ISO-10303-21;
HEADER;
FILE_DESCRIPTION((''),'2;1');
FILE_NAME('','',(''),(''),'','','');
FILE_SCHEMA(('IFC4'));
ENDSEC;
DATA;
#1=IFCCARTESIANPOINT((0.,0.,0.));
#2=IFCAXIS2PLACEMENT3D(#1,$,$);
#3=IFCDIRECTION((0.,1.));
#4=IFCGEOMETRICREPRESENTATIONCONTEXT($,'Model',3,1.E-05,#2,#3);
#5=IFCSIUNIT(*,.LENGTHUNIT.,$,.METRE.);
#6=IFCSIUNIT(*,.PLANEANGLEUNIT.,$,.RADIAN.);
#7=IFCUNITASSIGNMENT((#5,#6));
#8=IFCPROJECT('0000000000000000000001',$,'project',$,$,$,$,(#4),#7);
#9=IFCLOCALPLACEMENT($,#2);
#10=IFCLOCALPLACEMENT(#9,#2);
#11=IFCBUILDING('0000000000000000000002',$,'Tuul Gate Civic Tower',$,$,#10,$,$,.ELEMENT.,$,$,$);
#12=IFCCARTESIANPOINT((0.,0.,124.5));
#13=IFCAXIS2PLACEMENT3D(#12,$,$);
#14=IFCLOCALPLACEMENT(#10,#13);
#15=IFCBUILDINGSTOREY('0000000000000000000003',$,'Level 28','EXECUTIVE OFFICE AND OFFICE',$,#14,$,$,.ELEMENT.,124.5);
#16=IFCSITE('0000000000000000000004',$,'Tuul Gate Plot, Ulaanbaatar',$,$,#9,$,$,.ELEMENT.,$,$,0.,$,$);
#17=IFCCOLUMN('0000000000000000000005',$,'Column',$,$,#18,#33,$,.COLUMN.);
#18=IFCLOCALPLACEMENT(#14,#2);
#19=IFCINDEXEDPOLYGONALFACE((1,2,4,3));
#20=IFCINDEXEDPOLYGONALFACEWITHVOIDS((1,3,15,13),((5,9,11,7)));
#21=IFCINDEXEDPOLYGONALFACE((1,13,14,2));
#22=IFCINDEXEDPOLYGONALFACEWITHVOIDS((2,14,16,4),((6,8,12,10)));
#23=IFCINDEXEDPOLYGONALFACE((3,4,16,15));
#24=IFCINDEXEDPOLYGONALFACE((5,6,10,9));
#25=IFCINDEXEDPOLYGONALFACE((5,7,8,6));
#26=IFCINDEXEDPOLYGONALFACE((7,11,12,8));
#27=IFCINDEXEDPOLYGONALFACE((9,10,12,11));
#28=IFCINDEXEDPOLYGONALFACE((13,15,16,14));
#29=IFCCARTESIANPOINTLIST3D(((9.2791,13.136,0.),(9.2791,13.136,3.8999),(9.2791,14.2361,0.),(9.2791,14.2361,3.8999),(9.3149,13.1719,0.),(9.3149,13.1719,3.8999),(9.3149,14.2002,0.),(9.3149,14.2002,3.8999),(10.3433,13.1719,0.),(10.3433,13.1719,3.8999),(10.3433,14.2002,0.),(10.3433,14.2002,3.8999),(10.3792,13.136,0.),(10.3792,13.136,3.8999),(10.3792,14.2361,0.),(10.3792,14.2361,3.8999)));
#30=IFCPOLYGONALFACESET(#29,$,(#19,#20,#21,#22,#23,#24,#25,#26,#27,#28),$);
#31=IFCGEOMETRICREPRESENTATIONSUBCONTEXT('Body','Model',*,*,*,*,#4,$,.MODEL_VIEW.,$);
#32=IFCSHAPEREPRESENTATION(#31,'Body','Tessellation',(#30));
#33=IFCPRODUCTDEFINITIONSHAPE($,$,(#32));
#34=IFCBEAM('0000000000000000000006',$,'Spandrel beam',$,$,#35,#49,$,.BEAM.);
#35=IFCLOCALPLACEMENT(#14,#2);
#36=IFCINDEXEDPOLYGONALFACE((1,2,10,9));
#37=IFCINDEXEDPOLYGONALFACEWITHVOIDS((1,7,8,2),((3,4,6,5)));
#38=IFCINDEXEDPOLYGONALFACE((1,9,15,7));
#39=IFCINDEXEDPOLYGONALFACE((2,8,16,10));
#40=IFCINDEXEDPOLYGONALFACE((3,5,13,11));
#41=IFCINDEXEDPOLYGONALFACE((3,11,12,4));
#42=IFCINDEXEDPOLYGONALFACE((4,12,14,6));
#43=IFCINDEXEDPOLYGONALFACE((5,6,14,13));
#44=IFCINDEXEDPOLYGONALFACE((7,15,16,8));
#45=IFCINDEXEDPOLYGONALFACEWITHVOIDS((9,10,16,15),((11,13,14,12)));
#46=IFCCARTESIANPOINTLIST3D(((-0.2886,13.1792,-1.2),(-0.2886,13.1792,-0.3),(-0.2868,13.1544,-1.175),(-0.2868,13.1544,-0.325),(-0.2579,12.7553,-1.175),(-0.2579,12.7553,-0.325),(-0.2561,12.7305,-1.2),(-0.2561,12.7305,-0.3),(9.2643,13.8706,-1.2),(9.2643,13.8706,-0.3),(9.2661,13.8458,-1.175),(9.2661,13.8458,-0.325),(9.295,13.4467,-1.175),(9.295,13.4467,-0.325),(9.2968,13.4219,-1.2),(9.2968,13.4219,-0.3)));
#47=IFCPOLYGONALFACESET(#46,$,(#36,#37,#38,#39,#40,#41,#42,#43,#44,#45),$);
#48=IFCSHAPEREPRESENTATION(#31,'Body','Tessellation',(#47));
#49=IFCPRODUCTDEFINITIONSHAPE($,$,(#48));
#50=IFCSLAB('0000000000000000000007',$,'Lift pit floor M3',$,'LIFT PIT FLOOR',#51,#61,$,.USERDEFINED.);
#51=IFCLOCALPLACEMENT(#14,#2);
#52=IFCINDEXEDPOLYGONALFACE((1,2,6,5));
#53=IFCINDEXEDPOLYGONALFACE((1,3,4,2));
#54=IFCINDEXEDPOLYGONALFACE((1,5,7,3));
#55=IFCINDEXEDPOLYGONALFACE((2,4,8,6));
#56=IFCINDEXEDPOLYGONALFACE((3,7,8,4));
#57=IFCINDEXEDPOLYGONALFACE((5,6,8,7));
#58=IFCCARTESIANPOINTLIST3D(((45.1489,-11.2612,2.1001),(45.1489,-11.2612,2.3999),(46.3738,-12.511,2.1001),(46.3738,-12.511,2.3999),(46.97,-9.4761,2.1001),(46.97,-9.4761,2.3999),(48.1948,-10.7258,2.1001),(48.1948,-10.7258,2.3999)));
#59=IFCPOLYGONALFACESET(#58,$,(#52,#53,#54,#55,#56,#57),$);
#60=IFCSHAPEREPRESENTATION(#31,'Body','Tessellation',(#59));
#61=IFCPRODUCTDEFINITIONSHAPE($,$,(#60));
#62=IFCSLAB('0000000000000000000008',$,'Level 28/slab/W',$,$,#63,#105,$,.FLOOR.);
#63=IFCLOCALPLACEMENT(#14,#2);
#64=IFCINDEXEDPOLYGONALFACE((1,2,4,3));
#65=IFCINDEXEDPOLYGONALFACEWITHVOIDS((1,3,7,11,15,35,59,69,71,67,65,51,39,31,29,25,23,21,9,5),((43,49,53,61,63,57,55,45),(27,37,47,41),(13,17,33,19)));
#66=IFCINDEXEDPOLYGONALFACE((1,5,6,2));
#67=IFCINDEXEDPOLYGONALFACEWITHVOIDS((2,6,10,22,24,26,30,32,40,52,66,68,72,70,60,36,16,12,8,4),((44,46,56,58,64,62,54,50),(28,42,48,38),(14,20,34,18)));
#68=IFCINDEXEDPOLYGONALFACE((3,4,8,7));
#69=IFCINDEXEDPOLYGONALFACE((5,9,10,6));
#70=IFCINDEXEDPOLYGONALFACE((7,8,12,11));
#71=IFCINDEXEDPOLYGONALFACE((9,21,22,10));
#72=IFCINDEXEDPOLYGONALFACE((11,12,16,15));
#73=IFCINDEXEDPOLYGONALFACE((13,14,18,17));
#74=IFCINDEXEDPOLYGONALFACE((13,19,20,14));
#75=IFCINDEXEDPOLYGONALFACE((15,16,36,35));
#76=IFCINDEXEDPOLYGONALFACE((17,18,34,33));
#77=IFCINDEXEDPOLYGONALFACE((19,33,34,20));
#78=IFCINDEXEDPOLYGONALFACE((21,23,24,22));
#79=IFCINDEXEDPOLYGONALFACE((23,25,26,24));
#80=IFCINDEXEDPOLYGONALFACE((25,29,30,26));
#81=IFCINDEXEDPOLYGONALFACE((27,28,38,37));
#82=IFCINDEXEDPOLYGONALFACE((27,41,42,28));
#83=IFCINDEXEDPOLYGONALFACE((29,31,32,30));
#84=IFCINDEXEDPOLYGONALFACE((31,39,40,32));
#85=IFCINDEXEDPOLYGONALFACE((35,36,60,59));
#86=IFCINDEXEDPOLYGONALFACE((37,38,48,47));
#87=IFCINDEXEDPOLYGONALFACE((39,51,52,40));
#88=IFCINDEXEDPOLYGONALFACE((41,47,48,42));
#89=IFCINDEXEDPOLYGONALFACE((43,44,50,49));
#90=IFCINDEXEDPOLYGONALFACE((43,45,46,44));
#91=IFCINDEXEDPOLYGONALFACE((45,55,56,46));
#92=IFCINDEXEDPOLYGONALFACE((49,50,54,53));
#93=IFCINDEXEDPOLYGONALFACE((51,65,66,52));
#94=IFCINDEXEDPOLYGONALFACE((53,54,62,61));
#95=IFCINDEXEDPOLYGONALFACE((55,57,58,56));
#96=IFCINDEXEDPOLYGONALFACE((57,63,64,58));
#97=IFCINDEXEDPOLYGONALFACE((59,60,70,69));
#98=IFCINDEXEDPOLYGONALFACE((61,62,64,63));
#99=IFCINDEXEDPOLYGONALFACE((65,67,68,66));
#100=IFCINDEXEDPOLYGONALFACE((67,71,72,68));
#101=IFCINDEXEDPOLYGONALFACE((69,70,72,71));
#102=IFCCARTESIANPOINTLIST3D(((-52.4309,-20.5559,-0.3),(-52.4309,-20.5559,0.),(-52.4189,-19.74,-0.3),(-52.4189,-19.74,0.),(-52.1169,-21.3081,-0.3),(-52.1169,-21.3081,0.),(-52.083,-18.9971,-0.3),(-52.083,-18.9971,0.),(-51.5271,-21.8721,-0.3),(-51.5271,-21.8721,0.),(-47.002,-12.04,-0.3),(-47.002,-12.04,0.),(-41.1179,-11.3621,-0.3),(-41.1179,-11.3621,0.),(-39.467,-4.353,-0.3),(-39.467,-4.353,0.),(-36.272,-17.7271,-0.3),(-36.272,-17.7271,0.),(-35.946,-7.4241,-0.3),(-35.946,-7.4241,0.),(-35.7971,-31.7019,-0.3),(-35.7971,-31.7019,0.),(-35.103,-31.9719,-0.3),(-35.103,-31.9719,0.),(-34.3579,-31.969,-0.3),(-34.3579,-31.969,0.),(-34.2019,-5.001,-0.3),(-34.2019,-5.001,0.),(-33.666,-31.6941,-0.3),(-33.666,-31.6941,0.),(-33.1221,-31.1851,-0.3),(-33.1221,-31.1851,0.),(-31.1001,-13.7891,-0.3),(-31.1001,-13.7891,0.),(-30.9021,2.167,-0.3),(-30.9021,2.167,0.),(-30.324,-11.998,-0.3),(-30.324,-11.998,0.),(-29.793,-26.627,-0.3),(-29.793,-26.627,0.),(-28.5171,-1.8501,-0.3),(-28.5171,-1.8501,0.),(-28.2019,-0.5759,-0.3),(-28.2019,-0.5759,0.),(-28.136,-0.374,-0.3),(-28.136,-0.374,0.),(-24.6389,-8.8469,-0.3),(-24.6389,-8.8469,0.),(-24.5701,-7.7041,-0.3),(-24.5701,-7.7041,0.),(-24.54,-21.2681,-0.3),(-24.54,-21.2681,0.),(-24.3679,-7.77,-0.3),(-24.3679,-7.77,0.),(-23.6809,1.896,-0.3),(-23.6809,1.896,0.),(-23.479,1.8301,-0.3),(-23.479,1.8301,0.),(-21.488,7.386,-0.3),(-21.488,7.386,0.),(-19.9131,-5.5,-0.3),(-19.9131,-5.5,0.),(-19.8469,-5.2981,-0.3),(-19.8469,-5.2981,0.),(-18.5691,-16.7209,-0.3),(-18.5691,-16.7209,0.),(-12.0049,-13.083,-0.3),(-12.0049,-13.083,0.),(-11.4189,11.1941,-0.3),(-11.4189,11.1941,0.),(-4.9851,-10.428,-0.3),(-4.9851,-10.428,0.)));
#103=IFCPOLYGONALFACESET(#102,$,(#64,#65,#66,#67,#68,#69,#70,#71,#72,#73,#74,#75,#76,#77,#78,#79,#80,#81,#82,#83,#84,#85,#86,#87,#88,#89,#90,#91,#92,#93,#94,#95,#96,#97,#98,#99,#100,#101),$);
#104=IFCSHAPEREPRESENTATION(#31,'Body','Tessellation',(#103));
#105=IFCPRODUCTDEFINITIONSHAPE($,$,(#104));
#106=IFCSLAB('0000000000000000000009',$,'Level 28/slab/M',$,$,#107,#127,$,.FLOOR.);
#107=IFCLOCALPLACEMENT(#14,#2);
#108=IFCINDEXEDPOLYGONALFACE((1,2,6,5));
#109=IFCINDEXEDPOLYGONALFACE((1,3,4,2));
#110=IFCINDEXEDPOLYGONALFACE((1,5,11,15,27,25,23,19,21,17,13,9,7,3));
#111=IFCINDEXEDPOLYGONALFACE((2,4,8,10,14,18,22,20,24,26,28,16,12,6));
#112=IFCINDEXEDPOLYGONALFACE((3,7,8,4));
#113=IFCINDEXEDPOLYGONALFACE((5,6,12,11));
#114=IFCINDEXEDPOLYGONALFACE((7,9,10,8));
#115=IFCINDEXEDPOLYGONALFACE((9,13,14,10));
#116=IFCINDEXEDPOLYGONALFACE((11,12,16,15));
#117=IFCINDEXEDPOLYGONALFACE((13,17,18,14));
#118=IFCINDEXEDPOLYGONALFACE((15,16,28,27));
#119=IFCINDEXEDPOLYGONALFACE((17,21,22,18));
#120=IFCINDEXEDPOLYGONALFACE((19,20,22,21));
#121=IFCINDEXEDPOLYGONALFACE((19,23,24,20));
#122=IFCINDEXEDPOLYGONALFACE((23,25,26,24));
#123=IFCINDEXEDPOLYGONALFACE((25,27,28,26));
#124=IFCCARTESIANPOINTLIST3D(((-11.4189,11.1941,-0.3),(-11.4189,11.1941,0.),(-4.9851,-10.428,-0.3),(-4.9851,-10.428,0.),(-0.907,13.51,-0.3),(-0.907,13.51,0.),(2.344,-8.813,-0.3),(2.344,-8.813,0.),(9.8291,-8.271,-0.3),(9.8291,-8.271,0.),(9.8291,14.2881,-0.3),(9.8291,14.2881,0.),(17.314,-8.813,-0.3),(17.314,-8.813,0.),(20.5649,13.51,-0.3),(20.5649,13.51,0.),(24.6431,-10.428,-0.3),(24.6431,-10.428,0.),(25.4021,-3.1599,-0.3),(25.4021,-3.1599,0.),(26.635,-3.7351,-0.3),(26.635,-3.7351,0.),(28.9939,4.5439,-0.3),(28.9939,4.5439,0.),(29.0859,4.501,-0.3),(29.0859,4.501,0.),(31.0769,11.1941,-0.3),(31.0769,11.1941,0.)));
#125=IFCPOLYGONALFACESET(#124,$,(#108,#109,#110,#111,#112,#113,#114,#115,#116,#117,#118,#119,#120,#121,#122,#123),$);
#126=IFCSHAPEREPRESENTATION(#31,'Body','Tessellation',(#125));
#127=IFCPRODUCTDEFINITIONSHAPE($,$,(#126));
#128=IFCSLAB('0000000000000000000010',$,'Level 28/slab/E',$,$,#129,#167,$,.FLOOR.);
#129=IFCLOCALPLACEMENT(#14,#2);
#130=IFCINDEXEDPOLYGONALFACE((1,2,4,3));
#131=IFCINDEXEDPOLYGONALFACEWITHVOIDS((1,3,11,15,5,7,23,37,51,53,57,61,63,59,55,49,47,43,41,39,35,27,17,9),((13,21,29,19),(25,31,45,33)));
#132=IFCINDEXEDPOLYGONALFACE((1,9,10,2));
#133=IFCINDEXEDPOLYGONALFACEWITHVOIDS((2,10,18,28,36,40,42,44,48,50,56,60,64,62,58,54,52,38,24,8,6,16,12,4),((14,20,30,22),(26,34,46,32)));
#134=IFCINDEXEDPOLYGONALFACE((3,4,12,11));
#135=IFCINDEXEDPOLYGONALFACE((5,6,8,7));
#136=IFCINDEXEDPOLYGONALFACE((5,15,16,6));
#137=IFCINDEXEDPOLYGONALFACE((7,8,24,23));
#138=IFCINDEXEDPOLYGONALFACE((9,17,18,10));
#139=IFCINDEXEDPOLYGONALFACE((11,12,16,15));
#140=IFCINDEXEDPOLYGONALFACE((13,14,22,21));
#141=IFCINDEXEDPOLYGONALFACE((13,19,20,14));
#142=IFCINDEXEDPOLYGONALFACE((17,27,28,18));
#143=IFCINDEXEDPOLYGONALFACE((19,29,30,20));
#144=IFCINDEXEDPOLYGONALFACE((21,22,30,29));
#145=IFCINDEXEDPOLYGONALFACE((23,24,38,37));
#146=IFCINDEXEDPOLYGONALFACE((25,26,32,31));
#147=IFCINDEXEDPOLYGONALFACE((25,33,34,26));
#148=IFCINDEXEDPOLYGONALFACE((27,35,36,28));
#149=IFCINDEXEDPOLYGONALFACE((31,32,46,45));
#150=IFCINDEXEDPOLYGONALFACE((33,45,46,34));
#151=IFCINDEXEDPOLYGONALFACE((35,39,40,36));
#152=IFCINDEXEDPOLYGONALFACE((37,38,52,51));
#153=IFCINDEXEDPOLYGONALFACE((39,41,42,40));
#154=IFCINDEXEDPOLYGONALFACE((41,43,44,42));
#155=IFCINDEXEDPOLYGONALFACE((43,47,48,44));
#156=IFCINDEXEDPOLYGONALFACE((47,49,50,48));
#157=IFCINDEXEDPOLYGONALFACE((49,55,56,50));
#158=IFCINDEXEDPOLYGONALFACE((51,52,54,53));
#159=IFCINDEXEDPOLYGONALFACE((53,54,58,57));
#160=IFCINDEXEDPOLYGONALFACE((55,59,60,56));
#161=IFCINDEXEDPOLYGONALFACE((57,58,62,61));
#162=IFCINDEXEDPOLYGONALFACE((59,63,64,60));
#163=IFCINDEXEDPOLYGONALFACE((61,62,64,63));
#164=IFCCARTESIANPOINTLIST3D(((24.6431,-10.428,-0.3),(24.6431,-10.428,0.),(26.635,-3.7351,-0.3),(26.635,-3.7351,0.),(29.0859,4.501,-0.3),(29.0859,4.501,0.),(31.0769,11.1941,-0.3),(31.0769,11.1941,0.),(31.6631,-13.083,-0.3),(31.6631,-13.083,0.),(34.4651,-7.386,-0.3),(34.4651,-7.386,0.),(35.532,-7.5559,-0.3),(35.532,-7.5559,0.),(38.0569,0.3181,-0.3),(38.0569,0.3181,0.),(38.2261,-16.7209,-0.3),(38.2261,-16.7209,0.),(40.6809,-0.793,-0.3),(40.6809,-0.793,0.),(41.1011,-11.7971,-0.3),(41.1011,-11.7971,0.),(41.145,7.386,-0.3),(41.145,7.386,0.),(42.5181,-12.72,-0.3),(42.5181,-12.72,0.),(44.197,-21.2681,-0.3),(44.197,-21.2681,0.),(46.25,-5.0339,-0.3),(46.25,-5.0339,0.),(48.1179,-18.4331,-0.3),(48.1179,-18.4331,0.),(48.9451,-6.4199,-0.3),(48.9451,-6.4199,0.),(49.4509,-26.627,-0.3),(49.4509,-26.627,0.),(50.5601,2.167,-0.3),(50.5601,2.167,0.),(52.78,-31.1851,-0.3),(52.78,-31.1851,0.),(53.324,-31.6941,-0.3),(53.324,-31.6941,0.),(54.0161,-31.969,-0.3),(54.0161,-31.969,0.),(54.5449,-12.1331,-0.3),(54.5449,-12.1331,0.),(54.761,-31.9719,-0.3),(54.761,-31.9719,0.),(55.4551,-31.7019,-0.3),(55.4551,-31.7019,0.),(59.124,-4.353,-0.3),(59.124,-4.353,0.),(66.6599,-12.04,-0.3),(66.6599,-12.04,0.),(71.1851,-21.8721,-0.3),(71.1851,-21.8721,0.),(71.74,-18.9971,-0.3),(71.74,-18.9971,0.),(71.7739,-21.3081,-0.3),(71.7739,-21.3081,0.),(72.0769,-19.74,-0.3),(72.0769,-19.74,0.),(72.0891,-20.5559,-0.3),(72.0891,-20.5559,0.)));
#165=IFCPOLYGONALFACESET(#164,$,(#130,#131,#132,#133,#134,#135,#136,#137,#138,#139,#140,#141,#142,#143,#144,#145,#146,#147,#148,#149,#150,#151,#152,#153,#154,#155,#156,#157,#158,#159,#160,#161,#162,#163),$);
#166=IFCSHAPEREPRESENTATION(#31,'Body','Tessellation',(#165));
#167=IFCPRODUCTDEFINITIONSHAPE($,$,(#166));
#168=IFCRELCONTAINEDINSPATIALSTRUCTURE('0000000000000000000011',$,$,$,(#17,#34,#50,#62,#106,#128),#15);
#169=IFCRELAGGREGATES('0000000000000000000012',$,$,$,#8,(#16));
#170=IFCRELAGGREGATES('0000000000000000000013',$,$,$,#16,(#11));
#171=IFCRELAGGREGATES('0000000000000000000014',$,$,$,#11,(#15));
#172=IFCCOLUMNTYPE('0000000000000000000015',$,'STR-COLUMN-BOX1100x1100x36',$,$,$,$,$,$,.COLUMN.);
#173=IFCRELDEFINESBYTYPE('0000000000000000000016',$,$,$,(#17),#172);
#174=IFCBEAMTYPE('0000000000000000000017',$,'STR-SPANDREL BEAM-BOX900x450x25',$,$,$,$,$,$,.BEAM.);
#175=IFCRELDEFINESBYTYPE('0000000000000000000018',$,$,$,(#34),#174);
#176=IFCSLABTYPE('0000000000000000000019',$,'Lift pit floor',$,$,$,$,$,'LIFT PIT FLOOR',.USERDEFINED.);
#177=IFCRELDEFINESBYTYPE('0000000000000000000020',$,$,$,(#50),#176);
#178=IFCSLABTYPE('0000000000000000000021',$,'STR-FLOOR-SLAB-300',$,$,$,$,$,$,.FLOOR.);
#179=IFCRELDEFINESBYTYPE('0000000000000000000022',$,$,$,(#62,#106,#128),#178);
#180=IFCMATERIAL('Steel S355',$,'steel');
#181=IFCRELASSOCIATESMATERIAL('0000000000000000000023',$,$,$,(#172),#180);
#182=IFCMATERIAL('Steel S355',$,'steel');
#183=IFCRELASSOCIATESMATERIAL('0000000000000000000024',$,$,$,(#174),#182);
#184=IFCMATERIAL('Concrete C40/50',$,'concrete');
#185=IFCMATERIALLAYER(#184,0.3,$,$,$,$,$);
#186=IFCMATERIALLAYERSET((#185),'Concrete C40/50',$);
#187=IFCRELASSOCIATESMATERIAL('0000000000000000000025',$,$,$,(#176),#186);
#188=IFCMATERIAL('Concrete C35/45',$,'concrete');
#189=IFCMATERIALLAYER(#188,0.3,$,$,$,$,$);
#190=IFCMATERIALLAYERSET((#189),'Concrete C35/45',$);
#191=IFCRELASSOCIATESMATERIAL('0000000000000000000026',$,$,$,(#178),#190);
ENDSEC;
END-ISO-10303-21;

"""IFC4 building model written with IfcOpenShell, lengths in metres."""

from ifc_helpers import new_model, si_unit, direction, frame, origin, origin_2d, place, context, subcontext, project, spatial, polyline, hollow_rectangle, outline, extrude, material, layer, layer_set, material_profile, profile_set, type_object, element, save


model = new_model("IFC4")

# Units and contexts
model_context = context("Model", 3, precision=1e-05, world=origin(), true_north=direction((0.0, 1.0)))
body_context = subcontext(model_context, "Body", "Model", "MODEL_VIEW")
ifc_project = project(units=[si_unit("LENGTHUNIT", "METRE"), si_unit("PLANEANGLEUNIT", "RADIAN")], contexts=[model_context])

# Site, building, storey
site_placement = place(None, origin())
site = spatial("IfcSite", under=ifc_project, at=site_placement, Name="Tuul Gate Plot, Ulaanbaatar", CompositionType="ELEMENT", RefElevation=0.0)
building_placement = place(site_placement, origin())
building = spatial("IfcBuilding", under=site, at=building_placement, Name="Tuul Gate Civic Tower", CompositionType="ELEMENT")
storey_placement = place(building_placement, frame((0.0, 0.0, 124.5)))
storey = spatial("IfcBuildingStorey", under=building, at=storey_placement, Name="Level 28", Description="EXECUTIVE OFFICE AND OFFICE", CompositionType="ELEMENT", Elevation=124.5)

# Column
ifc_material_1 = material(Name="Steel S355", Category="steel")
ifc_material_profile_1 = material_profile(ifc_material_1, hollow_rectangle(XDim=1.1001, YDim=1.1001, WallThickness=0.0359, at=origin_2d()), Name="BOX1100x1100x36")
ifc_profile_set_1 = profile_set([ifc_material_profile_1], Name="Steel S355")
column_type = type_object("IfcColumnType", Name="STR-COLUMN-BOX1100x1100x36", PredefinedType="COLUMN", material=ifc_profile_set_1)
column_placement = place(storey_placement, frame((9.8291, 13.686, 0.0), z_axis=(0.0, 0.0, 1.0), x_axis=(1.0, 0.0, 0.0)))
element("IfcColumn", 1, at=column_placement, inside=storey, type_object=column_type, Name="Column", PredefinedType="COLUMN", context=body_context, shape_type="SweptSolid", body=[
    extrude(hollow_rectangle(XDim=1.1001, YDim=1.1001, WallThickness=0.0359, at=origin_2d()), origin(), (0.0, 0.0, 1.0), 3.8999),
])

# Beam
ifc_material_2 = material(Name="Steel S355", Category="steel")
ifc_material_profile_2 = material_profile(ifc_material_2, hollow_rectangle(XDim=0.45, YDim=0.8999, WallThickness=0.0249, at=origin_2d()), Name="BOX900x450x25")
ifc_profile_set_2 = profile_set([ifc_material_profile_2], Name="Steel S355")
beam_type = type_object("IfcBeamType", Name="STR-SPANDREL BEAM-BOX900x450x25", PredefinedType="BEAM", material=ifc_profile_set_2)
beam_placement = place(storey_placement, frame((9.2805, 13.6462, -0.75), z_axis=(-0.997391, -0.072187, 0.0), x_axis=(0.072187, -0.997391, 0.0)))
element("IfcBeam", 2, at=beam_placement, inside=storey, type_object=beam_type, Name="Spandrel beam", PredefinedType="BEAM", context=body_context, shape_type="SweptSolid", body=[
    extrude(hollow_rectangle(XDim=0.45, YDim=0.8999, WallThickness=0.0249, at=origin_2d()), origin(), (0.0, 0.0, 1.0), 9.5779),
])

# Slabs
ifc_material_3 = material(Name="Concrete C40/50", Category="concrete")
ifc_layer_1 = layer(ifc_material_3, 0.3)
ifc_layer_set_1 = layer_set([ifc_layer_1], Name="Concrete C40/50")
slab_type_1 = type_object("IfcSlabType", Name="Lift pit floor", ElementType="LIFT PIT FLOOR", PredefinedType="USERDEFINED", material=ifc_layer_set_1)
slab_1_placement = place(storey_placement, frame((0.0, 0.0, 2.1001)))
element("IfcSlab", 3, at=slab_1_placement, inside=storey, type_object=slab_type_1, Name="Lift pit floor M3", ObjectType="LIFT PIT FLOOR", PredefinedType="USERDEFINED", context=body_context, shape_type="SweptSolid", body=[
    extrude(outline(polyline([(46.3738, -12.511), (48.1948, -10.7258), (46.97, -9.4761), (45.1489, -11.2612), (46.3738, -12.511)])), origin(), (0.0, 0.0, 1.0), 0.2998),
])
ifc_material_4 = material(Name="Concrete C35/45", Category="concrete")
ifc_layer_2 = layer(ifc_material_4, 0.3)
ifc_layer_set_2 = layer_set([ifc_layer_2], Name="Concrete C35/45")
slab_type_2 = type_object("IfcSlabType", Name="STR-FLOOR-SLAB-300", PredefinedType="FLOOR", material=ifc_layer_set_2)
slab_2_placement = place(storey_placement, frame((0.0, 0.0, -0.3)))
element("IfcSlab", 4, at=slab_2_placement, inside=storey, type_object=slab_type_2, Name="Level 28/slab/W", PredefinedType="FLOOR", context=body_context, shape_type="SweptSolid", body=[
    extrude(outline(polyline([(-12.0049, -13.083), (-4.9851, -10.428), (-11.4189, 11.1941), (-21.488, 7.386), (-30.9021, 2.167), (-39.467, -4.353), (-47.002, -12.04), (-52.083, -18.9971), (-52.4189, -19.74), (-52.4309, -20.5559), (-52.1169, -21.3081), (-51.5271, -21.8721), (-35.7971, -31.7019), (-35.103, -31.9719), (-34.3579, -31.969), (-33.666, -31.6941), (-33.1221, -31.1851), (-29.793, -26.627), (-24.54, -21.2681), (-18.5691, -16.7209), (-12.0049, -13.083)]), holes=[polyline([(-31.1001, -13.7891), (-36.272, -17.7271), (-41.1179, -11.3621), (-35.946, -7.4241), (-31.1001, -13.7891)]), polyline([(-30.324, -11.998), (-34.2019, -5.001), (-28.5171, -1.8501), (-24.6389, -8.8469), (-30.324, -11.998)]), polyline([(-24.3679, -7.77), (-24.5701, -7.7041), (-28.2019, -0.5759), (-28.136, -0.374), (-23.6809, 1.896), (-23.479, 1.8301), (-19.8469, -5.2981), (-19.9131, -5.5), (-24.3679, -7.77)])]), origin(), (0.0, 0.0, 1.0), 0.3),
])
slab_3_placement = place(storey_placement, frame((0.0, 0.0, -0.3)))
element("IfcSlab", 5, at=slab_3_placement, inside=storey, type_object=slab_type_2, Name="Level 28/slab/M", PredefinedType="FLOOR", context=body_context, shape_type="SweptSolid", body=[
    extrude(outline(polyline([(24.6431, -10.428), (26.635, -3.7351), (25.4021, -3.1599), (28.9939, 4.5439), (29.0859, 4.501), (31.0769, 11.1941), (20.5649, 13.51), (9.8291, 14.2881), (-0.907, 13.51), (-11.4189, 11.1941), (-4.9851, -10.428), (2.344, -8.813), (9.8291, -8.271), (17.314, -8.813), (24.6431, -10.428)])), origin(), (0.0, 0.0, 1.0), 0.3),
])
slab_4_placement = place(storey_placement, frame((0.0, 0.0, -0.3)))
element("IfcSlab", 6, at=slab_4_placement, inside=storey, type_object=slab_type_2, Name="Level 28/slab/E", PredefinedType="FLOOR", context=body_context, shape_type="SweptSolid", body=[
    extrude(outline(polyline([(54.761, -31.9719), (55.4551, -31.7019), (71.1851, -21.8721), (71.7739, -21.3081), (72.0891, -20.5559), (72.0769, -19.74), (71.74, -18.9971), (66.6599, -12.04), (59.124, -4.353), (50.5601, 2.167), (41.145, 7.386), (31.0769, 11.1941), (29.0859, 4.501), (38.0569, 0.3181), (34.4651, -7.386), (26.635, -3.7351), (24.6431, -10.428), (31.6631, -13.083), (38.2261, -16.7209), (44.197, -21.2681), (49.4509, -26.627), (52.78, -31.1851), (53.324, -31.6941), (54.0161, -31.969), (54.761, -31.9719)]), holes=[polyline([(42.5181, -12.72), (48.9451, -6.4199), (54.5449, -12.1331), (48.1179, -18.4331), (42.5181, -12.72)]), polyline([(41.1011, -11.7971), (35.532, -7.5559), (40.6809, -0.793), (46.25, -5.0339), (41.1011, -11.7971)])]), origin(), (0.0, 0.0, 1.0), 0.3),
])

save(model, "model.ifc")
